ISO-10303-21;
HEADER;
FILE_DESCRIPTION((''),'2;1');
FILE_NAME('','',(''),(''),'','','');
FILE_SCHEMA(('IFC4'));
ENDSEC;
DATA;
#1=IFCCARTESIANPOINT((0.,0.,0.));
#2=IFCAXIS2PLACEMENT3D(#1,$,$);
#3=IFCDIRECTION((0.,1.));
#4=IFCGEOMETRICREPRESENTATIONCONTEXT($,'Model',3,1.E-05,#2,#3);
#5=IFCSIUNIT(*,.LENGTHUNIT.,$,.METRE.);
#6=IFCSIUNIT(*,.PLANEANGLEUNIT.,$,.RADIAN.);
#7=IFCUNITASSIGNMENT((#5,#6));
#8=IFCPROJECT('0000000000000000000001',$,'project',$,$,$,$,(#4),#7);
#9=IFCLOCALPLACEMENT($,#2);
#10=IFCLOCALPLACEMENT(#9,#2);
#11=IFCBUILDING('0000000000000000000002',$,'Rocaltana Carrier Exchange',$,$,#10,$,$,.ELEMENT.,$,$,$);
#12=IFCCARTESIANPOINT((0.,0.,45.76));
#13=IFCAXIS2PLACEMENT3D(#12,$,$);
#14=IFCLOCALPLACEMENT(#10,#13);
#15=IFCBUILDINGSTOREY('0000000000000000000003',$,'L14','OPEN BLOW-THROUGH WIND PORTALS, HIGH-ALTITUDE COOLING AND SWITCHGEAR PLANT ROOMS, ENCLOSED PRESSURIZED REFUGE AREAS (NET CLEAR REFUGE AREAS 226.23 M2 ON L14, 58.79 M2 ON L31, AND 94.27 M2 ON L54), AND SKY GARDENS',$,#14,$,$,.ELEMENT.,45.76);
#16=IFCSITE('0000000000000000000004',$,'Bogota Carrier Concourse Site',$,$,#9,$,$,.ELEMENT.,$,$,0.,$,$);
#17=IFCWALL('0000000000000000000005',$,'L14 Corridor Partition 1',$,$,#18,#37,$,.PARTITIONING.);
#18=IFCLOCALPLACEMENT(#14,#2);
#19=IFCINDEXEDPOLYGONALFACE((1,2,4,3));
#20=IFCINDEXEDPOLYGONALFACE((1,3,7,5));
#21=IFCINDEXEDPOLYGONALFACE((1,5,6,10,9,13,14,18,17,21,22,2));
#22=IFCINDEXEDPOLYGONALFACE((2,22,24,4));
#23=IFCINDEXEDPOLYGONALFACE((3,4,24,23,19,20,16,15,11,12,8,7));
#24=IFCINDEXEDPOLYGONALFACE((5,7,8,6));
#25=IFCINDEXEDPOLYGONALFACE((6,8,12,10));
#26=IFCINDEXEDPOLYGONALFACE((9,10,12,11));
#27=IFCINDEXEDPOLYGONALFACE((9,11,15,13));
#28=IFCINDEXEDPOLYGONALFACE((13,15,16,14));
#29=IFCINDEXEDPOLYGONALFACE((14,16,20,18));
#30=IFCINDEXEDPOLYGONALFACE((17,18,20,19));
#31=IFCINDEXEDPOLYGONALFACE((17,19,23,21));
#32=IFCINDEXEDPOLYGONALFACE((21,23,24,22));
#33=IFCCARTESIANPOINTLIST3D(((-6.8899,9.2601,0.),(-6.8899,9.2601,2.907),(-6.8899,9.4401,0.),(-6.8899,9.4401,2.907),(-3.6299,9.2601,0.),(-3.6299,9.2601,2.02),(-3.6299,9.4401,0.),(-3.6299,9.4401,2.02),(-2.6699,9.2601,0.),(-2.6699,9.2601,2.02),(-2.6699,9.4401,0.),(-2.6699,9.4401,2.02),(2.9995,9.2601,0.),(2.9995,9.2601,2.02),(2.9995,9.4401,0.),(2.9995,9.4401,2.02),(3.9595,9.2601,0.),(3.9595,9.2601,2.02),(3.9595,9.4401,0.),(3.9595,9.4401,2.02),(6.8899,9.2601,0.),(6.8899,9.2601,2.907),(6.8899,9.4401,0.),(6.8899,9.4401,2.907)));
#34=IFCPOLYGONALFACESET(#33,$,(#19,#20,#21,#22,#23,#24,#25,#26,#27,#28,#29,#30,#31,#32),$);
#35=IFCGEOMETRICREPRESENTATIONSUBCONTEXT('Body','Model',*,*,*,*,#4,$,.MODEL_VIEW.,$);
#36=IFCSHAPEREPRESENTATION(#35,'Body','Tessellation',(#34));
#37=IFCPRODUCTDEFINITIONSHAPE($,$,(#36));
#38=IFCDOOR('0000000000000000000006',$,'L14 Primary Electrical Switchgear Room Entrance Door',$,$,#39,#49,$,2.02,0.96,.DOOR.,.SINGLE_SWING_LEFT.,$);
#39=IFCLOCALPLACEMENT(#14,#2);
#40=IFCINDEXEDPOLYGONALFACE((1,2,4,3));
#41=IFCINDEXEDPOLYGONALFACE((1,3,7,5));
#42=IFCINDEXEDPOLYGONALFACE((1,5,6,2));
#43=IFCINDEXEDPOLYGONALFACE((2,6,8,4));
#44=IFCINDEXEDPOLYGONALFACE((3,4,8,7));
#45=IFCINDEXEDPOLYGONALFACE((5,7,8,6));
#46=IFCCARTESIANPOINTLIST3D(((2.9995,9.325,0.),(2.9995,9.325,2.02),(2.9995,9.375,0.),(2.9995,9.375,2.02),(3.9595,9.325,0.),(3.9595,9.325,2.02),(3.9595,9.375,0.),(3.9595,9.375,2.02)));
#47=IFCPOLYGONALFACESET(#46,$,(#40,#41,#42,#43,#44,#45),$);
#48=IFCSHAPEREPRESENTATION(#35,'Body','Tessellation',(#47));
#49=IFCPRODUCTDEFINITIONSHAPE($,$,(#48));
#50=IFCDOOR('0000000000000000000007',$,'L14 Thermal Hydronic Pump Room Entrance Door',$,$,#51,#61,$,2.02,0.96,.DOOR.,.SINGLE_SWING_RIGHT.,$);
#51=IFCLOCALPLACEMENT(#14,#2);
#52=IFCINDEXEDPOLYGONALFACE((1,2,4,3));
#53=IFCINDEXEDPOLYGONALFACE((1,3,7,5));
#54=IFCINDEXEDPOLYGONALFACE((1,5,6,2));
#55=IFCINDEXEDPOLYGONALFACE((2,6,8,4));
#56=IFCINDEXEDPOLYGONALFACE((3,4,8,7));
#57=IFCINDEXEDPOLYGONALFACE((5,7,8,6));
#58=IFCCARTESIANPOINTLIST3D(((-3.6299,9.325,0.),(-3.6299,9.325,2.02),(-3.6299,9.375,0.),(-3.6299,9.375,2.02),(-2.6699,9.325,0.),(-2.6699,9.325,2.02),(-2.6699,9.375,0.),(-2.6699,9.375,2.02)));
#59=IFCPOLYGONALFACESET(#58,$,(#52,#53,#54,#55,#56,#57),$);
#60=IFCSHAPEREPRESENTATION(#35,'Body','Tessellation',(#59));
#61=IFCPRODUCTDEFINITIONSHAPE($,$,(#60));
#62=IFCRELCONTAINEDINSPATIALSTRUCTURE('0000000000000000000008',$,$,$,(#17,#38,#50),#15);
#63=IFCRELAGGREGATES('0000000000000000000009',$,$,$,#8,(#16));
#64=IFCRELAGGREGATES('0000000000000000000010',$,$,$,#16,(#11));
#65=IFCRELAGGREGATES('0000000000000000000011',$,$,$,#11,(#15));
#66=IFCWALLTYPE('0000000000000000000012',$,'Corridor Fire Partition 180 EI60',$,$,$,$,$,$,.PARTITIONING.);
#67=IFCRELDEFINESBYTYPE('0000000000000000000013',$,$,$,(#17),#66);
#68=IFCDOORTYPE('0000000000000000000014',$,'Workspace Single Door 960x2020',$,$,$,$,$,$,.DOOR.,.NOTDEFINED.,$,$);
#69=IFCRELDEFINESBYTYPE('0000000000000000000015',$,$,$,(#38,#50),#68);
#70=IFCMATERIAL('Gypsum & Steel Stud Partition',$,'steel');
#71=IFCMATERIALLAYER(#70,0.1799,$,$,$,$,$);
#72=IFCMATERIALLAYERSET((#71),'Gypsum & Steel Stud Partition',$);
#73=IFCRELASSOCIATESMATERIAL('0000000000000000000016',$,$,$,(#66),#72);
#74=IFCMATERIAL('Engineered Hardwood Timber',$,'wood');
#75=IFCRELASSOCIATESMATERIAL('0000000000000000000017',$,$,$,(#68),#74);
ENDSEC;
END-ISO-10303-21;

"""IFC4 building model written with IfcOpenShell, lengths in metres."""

from ifc_helpers import new_model, si_unit, direction, frame, frame_2d, origin, place, context, subcontext, project, spatial, rectangle, extrude, material, layer, layer_set, type_object, element, fill, save


model = new_model("IFC4")

# Units and contexts
model_context = context("Model", 3, precision=1e-05, world=origin(), true_north=direction((0.0, 1.0)))
body_context = subcontext(model_context, "Body", "Model", "MODEL_VIEW")
ifc_project = project(units=[si_unit("LENGTHUNIT", "METRE"), si_unit("PLANEANGLEUNIT", "RADIAN")], contexts=[model_context])

# Site, building, storey
site_placement = place(None, origin())
site = spatial("IfcSite", under=ifc_project, at=site_placement, Name="Bogota Carrier Concourse Site", CompositionType="ELEMENT", RefElevation=0.0)
building_placement = place(site_placement, origin())
building = spatial("IfcBuilding", under=site, at=building_placement, Name="Rocaltana Carrier Exchange", CompositionType="ELEMENT")
storey_placement = place(building_placement, frame((0.0, 0.0, 45.76)))
storey = spatial("IfcBuildingStorey", under=building, at=storey_placement, Name="L14", Description="OPEN BLOW-THROUGH WIND PORTALS, HIGH-ALTITUDE COOLING AND SWITCHGEAR PLANT ROOMS, ENCLOSED PRESSURIZED REFUGE AREAS (NET CLEAR REFUGE AREAS 226.23 M2 ON L14, 58.79 M2 ON L31, AND 94.27 M2 ON L54), AND SKY GARDENS", CompositionType="ELEMENT", Elevation=45.76)

# Wall, openings, doors
ifc_material_1 = material(Name="Gypsum & Steel Stud Partition", Category="steel")
ifc_layer_1 = layer(ifc_material_1, 0.1799)
ifc_layer_set_1 = layer_set([ifc_layer_1], Name="Gypsum & Steel Stud Partition")
wall_type = type_object("IfcWallType", Name="Corridor Fire Partition 180 EI60", PredefinedType="PARTITIONING", material=ifc_layer_set_1)
wall_placement = place(storey_placement, frame((-6.8899, 9.3501, 0.0), z_axis=(0.0, 0.0, 1.0), x_axis=(1.0, 0.0, 0.0)))
wall = element("IfcWall", 1, at=wall_placement, inside=storey, type_object=wall_type, Name="L14 Corridor Partition 1", PredefinedType="PARTITIONING", context=body_context, shape_type="SweptSolid", body=[
    extrude(rectangle(XDim=13.7798, YDim=0.1799, at=frame_2d((6.8899, 0.0))), origin(), (0.0, 0.0, 1.0), 2.907),
])
opening_1_placement = place(wall_placement, frame((9.8894, 0.0, 0.0)))
opening_1 = element("IfcOpeningElement", 2, at=opening_1_placement, cuts=wall, PredefinedType="OPENING", context=body_context, shape_type="SweptSolid", body=[
    extrude(rectangle(XDim=0.96, YDim=2.02, at=frame_2d((0.48, 1.01))), frame((0.0, 0.0999, 0.0), z_axis=(0.0, -1.0, 0.0), x_axis=(1.0, 0.0, 0.0)), (0.0, 0.0, 1.0), 0.2),
])
opening_2_placement = place(wall_placement, frame((3.26, 0.0, 0.0)))
opening_2 = element("IfcOpeningElement", 3, at=opening_2_placement, cuts=wall, PredefinedType="OPENING", context=body_context, shape_type="SweptSolid", body=[
    extrude(rectangle(XDim=0.96, YDim=2.02, at=frame_2d((0.48, 1.01))), frame((0.0, 0.0999, 0.0), z_axis=(0.0, -1.0, 0.0), x_axis=(1.0, 0.0, 0.0)), (0.0, 0.0, 1.0), 0.2),
])
ifc_material_2 = material(Name="Engineered Hardwood Timber", Category="wood")
door_type = type_object("IfcDoorType", Name="Workspace Single Door 960x2020", OperationType="NOTDEFINED", PredefinedType="DOOR", material=ifc_material_2)
door_1_placement = place(opening_1_placement, origin())
door_1 = element("IfcDoor", 4, at=door_1_placement, inside=storey, type_object=door_type, Name="L14 Primary Electrical Switchgear Room Entrance Door", OperationType="SINGLE_SWING_LEFT", OverallHeight=2.02, OverallWidth=0.96, PredefinedType="DOOR", context=body_context, shape_type="SweptSolid", body=[
    extrude(rectangle(XDim=0.96, YDim=2.02, at=frame_2d((0.48, 1.01))), frame((0.0, 0.0249, 0.0), z_axis=(0.0, -1.0, 0.0), x_axis=(1.0, 0.0, 0.0)), (0.0, 0.0, 1.0), 0.05),
])
fill(opening_1, door_1)
door_2_placement = place(opening_2_placement, origin())
door_2 = element("IfcDoor", 5, at=door_2_placement, inside=storey, type_object=door_type, Name="L14 Thermal Hydronic Pump Room Entrance Door", OperationType="SINGLE_SWING_RIGHT", OverallHeight=2.02, OverallWidth=0.96, PredefinedType="DOOR", context=body_context, shape_type="SweptSolid", body=[
    extrude(rectangle(XDim=0.96, YDim=2.02, at=frame_2d((0.48, 1.01))), frame((0.0, 0.0249, 0.0), z_axis=(0.0, -1.0, 0.0), x_axis=(1.0, 0.0, 0.0)), (0.0, 0.0, 1.0), 0.05),
])
fill(opening_2, door_2)

save(model, "model.ifc")
